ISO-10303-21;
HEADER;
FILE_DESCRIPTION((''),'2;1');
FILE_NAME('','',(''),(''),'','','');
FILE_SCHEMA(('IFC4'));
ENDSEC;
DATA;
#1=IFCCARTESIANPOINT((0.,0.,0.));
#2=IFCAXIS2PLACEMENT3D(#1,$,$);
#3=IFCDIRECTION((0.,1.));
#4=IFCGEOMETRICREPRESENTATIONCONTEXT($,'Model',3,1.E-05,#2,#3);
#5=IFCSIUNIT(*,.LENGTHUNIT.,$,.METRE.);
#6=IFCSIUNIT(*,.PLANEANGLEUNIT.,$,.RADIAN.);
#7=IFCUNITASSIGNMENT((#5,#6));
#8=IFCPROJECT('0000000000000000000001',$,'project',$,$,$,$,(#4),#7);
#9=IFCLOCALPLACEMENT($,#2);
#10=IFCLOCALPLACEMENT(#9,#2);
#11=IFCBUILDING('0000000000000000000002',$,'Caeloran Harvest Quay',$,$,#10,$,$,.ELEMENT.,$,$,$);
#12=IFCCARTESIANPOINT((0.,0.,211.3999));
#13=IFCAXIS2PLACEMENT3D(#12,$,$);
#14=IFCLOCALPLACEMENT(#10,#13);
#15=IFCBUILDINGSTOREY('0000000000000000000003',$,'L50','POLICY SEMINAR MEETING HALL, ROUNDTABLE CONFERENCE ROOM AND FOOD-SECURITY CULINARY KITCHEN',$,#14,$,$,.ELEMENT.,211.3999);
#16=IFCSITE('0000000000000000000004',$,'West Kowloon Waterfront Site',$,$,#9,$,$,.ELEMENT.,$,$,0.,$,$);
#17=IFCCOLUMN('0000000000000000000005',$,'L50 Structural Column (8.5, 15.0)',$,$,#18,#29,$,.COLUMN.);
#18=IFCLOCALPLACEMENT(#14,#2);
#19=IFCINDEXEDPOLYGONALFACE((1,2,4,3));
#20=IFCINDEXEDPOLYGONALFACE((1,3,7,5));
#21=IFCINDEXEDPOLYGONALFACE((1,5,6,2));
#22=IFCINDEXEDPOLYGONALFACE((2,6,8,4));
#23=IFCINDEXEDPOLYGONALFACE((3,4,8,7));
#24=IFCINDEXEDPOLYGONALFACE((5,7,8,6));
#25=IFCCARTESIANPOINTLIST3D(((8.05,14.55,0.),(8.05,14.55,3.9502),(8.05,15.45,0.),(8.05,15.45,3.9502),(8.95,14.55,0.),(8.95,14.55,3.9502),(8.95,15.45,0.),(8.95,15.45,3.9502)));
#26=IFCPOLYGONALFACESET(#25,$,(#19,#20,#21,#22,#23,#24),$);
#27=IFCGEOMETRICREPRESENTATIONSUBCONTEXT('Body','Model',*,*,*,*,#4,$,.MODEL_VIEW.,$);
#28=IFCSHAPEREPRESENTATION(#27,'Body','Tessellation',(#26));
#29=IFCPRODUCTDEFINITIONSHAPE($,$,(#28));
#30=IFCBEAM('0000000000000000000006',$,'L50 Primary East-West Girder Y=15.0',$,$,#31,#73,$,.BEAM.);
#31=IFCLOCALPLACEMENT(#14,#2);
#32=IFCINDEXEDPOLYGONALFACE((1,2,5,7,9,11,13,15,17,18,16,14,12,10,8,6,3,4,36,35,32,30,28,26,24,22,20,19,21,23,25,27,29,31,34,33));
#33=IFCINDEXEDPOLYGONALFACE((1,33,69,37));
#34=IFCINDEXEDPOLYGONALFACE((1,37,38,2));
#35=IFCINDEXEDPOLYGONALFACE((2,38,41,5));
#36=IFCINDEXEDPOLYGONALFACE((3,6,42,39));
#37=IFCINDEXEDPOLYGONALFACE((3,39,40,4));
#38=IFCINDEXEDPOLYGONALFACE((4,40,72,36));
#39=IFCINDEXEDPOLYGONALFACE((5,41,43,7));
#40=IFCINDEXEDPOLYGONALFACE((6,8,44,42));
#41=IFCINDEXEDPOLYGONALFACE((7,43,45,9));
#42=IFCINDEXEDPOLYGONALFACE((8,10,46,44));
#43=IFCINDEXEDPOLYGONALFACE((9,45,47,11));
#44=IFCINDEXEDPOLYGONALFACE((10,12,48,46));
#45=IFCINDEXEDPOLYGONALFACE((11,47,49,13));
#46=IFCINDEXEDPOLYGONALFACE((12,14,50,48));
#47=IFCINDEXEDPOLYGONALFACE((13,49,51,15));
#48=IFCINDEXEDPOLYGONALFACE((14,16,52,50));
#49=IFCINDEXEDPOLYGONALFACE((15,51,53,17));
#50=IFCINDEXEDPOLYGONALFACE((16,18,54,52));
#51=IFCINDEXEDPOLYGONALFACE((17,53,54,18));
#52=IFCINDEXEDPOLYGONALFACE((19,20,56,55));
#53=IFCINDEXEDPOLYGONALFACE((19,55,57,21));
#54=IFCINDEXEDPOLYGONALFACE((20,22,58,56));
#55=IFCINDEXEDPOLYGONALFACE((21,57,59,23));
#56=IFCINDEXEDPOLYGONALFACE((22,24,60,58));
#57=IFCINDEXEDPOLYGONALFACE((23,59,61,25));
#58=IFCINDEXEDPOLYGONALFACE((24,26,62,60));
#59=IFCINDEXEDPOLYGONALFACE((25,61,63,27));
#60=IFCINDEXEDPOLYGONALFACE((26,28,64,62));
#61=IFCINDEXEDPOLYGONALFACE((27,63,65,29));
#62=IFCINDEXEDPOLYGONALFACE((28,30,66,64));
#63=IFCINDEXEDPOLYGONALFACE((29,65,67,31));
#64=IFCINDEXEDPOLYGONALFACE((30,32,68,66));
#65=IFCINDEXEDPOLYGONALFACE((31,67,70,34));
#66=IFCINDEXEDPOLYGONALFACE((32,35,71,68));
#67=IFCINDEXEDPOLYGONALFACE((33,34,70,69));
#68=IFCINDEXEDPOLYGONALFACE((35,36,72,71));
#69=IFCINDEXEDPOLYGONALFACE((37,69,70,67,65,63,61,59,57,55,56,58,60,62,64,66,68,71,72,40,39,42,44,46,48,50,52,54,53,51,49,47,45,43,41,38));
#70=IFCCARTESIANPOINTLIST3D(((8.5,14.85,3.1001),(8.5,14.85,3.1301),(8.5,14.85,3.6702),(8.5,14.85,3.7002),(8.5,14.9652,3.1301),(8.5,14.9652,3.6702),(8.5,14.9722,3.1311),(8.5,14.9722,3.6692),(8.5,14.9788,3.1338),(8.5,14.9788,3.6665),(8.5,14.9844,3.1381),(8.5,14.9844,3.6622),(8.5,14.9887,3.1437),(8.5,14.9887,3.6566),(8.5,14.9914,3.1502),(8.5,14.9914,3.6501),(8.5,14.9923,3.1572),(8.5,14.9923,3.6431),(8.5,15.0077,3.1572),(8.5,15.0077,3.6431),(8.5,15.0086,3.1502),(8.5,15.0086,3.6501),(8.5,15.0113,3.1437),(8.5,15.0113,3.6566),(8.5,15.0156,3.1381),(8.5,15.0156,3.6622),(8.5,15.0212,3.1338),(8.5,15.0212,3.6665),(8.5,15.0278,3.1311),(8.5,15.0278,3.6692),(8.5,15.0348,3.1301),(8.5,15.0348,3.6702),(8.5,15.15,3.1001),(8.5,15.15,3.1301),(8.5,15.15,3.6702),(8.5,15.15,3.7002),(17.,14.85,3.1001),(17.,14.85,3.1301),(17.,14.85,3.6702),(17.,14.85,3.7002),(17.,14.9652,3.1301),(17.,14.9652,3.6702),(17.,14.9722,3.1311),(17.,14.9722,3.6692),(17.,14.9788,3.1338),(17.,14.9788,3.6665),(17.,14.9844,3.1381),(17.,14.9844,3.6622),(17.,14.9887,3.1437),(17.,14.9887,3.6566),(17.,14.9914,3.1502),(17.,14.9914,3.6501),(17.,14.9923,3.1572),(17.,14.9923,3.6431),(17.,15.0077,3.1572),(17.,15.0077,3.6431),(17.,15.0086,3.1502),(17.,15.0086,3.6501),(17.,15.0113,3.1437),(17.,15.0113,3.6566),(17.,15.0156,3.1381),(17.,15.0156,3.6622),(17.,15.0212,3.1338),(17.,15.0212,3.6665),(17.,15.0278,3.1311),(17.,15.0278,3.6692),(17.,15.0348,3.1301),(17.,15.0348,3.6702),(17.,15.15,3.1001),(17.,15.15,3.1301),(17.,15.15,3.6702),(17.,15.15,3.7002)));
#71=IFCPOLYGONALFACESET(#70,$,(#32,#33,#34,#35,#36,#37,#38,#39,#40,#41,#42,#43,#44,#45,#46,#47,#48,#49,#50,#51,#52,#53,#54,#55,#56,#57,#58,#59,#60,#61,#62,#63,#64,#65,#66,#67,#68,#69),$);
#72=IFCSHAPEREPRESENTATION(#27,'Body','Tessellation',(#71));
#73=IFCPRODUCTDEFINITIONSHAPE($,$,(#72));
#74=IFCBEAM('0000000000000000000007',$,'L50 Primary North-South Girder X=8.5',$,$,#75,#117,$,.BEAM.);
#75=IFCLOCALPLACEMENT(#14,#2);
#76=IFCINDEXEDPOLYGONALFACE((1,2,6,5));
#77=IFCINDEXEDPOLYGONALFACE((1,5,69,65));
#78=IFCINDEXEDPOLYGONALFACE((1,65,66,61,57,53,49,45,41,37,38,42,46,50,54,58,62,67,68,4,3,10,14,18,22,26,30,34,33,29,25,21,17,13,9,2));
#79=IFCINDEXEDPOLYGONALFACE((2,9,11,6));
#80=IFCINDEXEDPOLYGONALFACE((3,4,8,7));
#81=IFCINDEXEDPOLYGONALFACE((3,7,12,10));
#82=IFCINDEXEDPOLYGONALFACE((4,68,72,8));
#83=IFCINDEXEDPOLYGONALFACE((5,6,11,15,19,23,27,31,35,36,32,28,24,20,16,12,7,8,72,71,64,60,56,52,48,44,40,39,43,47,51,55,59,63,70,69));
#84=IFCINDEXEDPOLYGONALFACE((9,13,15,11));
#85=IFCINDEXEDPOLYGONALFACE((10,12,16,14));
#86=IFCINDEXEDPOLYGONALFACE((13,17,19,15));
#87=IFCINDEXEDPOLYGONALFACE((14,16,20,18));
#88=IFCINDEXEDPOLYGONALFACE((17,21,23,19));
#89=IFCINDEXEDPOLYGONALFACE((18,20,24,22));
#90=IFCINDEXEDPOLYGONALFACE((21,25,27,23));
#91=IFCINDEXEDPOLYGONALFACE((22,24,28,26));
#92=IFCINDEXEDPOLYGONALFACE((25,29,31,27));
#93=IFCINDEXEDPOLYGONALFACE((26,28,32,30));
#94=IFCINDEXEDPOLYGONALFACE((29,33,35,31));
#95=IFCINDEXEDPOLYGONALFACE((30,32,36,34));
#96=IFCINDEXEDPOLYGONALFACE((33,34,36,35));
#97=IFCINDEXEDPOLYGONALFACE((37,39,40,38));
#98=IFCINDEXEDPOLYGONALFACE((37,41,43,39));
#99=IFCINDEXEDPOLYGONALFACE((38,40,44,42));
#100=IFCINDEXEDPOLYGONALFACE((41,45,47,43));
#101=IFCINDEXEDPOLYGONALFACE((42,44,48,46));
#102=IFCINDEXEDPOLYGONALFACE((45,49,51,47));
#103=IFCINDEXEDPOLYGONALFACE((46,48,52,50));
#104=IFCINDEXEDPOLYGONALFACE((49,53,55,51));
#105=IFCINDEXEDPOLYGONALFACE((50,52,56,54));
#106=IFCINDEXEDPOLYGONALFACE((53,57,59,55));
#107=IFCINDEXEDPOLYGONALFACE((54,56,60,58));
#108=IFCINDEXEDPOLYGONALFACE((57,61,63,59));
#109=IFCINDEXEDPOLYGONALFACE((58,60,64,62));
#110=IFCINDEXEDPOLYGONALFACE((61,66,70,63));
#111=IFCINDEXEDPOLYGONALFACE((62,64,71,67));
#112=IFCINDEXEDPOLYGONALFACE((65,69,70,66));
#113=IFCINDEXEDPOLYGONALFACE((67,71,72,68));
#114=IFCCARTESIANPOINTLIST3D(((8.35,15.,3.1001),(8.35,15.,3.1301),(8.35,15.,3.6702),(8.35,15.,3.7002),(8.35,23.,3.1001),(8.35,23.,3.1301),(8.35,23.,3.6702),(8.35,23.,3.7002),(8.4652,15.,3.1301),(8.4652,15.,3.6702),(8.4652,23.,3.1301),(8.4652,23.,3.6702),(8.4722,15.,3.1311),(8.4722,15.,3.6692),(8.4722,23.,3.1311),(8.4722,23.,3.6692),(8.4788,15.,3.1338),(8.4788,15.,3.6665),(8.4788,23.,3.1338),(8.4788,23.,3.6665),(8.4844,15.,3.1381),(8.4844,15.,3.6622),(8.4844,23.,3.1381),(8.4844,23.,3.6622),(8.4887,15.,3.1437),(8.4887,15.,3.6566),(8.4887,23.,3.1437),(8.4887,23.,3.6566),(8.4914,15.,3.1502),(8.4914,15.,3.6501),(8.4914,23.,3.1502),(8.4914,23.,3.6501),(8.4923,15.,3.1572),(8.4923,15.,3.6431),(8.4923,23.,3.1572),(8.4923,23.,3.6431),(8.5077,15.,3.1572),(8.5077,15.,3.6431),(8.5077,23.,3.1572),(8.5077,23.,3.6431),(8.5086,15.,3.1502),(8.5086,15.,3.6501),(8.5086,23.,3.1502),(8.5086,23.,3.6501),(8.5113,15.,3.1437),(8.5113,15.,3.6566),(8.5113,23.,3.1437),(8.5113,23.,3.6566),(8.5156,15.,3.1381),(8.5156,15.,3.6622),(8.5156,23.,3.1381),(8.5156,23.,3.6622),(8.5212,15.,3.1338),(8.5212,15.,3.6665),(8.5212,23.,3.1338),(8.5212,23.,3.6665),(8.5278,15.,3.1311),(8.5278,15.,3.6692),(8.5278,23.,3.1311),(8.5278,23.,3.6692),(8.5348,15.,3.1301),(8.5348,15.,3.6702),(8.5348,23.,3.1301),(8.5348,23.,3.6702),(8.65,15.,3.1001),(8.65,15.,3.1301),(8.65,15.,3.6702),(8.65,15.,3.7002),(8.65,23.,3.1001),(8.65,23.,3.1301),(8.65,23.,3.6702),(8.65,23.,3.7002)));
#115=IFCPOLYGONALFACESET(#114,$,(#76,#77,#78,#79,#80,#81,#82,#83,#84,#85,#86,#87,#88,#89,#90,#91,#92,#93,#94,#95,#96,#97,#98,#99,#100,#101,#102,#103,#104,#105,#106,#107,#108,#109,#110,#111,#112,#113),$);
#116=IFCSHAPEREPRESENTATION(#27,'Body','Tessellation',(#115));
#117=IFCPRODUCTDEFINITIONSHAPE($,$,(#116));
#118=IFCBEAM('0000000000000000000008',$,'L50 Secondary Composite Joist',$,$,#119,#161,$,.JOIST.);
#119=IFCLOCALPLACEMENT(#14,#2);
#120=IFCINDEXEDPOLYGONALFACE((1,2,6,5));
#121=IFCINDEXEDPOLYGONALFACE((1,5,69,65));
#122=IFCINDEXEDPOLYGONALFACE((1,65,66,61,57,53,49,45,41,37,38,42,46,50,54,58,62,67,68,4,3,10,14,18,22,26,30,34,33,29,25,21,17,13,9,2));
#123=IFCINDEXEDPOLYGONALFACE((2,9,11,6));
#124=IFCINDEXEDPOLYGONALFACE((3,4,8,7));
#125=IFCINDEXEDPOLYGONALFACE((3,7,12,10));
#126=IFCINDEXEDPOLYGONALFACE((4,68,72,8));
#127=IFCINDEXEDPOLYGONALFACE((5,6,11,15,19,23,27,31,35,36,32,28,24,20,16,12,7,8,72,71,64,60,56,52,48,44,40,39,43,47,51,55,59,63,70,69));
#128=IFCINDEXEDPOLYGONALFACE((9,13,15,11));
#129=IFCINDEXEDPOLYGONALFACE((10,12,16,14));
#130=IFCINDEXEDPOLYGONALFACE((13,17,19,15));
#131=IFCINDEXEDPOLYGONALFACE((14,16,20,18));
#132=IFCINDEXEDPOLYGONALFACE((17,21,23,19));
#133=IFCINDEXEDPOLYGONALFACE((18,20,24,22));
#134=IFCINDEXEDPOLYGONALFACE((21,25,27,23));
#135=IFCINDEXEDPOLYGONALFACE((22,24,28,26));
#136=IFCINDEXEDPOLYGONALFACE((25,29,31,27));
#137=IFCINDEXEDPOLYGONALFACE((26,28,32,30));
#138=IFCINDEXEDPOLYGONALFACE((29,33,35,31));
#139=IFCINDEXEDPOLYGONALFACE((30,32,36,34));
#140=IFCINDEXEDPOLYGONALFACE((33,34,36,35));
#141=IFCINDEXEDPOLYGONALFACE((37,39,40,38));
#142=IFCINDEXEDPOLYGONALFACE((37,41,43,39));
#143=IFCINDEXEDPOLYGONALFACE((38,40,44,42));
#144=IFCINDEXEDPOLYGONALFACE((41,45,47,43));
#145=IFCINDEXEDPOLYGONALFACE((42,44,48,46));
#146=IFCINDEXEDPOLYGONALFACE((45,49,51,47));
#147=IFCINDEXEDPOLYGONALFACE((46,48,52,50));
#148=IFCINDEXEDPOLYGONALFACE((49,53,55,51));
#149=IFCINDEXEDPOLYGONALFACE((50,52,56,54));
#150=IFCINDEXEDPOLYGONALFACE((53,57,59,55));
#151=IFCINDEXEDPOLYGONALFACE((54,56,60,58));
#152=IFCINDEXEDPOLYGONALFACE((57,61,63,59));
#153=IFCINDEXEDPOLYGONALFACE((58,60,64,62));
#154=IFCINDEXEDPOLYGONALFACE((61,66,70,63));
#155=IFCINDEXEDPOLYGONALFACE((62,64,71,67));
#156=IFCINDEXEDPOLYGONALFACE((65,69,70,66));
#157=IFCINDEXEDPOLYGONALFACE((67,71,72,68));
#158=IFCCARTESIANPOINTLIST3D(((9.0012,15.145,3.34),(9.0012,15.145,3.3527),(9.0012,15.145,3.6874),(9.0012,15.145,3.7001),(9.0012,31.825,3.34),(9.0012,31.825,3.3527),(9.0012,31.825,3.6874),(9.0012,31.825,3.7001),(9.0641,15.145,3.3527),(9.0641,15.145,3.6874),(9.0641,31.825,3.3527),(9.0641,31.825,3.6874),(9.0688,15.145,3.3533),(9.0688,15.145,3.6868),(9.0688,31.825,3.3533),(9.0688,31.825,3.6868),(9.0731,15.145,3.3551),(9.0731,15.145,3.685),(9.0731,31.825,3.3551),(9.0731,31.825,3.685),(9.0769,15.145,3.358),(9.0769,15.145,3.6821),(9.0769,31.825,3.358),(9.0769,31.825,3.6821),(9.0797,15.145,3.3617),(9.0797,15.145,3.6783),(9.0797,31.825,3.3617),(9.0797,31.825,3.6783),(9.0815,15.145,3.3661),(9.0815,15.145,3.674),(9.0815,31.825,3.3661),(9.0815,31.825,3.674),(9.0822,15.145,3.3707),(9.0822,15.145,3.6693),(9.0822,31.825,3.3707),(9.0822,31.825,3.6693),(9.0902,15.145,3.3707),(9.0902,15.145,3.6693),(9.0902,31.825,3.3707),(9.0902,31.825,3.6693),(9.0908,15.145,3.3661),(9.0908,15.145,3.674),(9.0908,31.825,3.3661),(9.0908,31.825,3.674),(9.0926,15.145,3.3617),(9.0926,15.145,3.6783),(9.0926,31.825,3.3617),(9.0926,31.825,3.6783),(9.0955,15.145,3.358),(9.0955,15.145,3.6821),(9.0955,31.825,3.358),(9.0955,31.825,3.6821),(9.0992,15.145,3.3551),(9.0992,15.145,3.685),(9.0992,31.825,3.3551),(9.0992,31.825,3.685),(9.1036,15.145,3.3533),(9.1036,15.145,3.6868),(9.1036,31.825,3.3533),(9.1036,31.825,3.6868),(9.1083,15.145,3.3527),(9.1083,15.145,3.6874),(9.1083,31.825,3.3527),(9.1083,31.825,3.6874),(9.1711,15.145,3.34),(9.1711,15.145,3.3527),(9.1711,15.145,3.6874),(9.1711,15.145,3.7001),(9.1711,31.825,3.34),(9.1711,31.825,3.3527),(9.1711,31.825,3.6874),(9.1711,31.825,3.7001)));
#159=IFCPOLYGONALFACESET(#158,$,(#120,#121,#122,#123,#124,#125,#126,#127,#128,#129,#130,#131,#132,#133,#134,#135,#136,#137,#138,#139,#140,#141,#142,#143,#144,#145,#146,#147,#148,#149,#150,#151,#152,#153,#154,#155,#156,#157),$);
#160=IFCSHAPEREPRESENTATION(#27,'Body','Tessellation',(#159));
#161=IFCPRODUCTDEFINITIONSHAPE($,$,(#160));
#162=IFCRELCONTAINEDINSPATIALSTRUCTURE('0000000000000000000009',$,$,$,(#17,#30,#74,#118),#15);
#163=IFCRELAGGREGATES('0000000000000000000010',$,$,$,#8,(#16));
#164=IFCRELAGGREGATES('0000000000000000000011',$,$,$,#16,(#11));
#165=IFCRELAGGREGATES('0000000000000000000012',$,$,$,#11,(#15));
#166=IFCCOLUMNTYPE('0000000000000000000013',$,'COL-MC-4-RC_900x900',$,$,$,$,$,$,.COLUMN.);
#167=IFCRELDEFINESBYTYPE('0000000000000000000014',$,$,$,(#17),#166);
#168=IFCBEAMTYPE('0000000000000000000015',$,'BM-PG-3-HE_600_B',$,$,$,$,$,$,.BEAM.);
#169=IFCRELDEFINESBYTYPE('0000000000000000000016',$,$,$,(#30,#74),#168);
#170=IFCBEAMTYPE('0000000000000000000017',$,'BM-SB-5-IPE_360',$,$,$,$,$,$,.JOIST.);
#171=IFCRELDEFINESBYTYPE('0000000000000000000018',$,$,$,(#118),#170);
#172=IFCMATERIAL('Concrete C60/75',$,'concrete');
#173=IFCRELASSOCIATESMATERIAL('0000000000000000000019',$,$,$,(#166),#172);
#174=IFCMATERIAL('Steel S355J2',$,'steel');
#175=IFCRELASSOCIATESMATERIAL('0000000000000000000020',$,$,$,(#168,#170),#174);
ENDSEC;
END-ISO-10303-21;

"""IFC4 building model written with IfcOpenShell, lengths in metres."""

from ifc_helpers import new_model, si_unit, direction, frame, origin, origin_2d, place, context, subcontext, project, spatial, rectangle, i_section, extrude, material, material_profile, profile_set, type_object, element, save


model = new_model("IFC4")

# Units and contexts
model_context = context("Model", 3, precision=1e-05, world=origin(), true_north=direction((0.0, 1.0)))
body_context = subcontext(model_context, "Body", "Model", "MODEL_VIEW")
ifc_project = project(units=[si_unit("LENGTHUNIT", "METRE"), si_unit("PLANEANGLEUNIT", "RADIAN")], contexts=[model_context])

# Site, building, storey
site_placement = place(None, origin())
site = spatial("IfcSite", under=ifc_project, at=site_placement, Name="West Kowloon Waterfront Site", CompositionType="ELEMENT", RefElevation=0.0)
building_placement = place(site_placement, origin())
building = spatial("IfcBuilding", under=site, at=building_placement, Name="Caeloran Harvest Quay", CompositionType="ELEMENT")
storey_placement = place(building_placement, frame((0.0, 0.0, 211.3999)))
storey = spatial("IfcBuildingStorey", under=building, at=storey_placement, Name="L50", Description="POLICY SEMINAR MEETING HALL, ROUNDTABLE CONFERENCE ROOM AND FOOD-SECURITY CULINARY KITCHEN", CompositionType="ELEMENT", Elevation=211.3999)

# Column
ifc_material_1 = material(Name="Concrete C60/75", Category="concrete")
ifc_material_profile_1 = material_profile(ifc_material_1, rectangle(XDim=0.8999, YDim=0.8999, at=origin_2d()), Name="RC 900x900")
ifc_profile_set_1 = profile_set([ifc_material_profile_1], Name="Concrete C60/75")
column_type = type_object("IfcColumnType", Name="COL-MC-4-RC_900x900", PredefinedType="COLUMN", material=ifc_profile_set_1)
column_placement = place(storey_placement, frame((8.5, 15.0, 0.0), z_axis=(0.0, 0.0, 1.0), x_axis=(1.0, 0.0, 0.0)))
element("IfcColumn", 1, at=column_placement, inside=storey, type_object=column_type, Name="L50 Structural Column (8.5, 15.0)", PredefinedType="COLUMN", context=body_context, shape_type="SweptSolid", body=[
    extrude(rectangle(XDim=0.8999, YDim=0.8999, at=origin_2d()), origin(), (0.0, 0.0, 1.0), 3.9502),
])

# Beams
ifc_material_2 = material(Name="Steel S355J2", Category="steel")
ifc_material_profile_2 = material_profile(ifc_material_2, i_section(OverallWidth=0.3, OverallDepth=0.6001, WebThickness=0.0154, FlangeThickness=0.03, FilletRadius=0.0271, at=origin_2d()), Name="HE 600 B")
ifc_profile_set_2 = profile_set([ifc_material_profile_2], Name="Steel S355J2")
beam_type_1 = type_object("IfcBeamType", Name="BM-PG-3-HE_600_B", PredefinedType="BEAM", material=ifc_profile_set_2)
beam_1_placement = place(storey_placement, frame((8.5, 15.0, 3.4001), z_axis=(1.0, 0.0, 0.0), x_axis=(0.0, 1.0, 0.0)))
element("IfcBeam", 2, at=beam_1_placement, inside=storey, type_object=beam_type_1, Name="L50 Primary East-West Girder Y=15.0", PredefinedType="BEAM", context=body_context, shape_type="SweptSolid", body=[
    extrude(i_section(OverallWidth=0.3, OverallDepth=0.6001, WebThickness=0.0154, FlangeThickness=0.03, FilletRadius=0.0271, at=origin_2d()), origin(), (0.0, 0.0, 1.0), 8.5),
])
beam_2_placement = place(storey_placement, frame((8.5, 15.0, 3.4001), z_axis=(0.0, 1.0, 0.0), x_axis=(-1.0, 0.0, 0.0)))
element("IfcBeam", 3, at=beam_2_placement, inside=storey, type_object=beam_type_1, Name="L50 Primary North-South Girder X=8.5", PredefinedType="BEAM", context=body_context, shape_type="SweptSolid", body=[
    extrude(i_section(OverallWidth=0.3, OverallDepth=0.6001, WebThickness=0.0154, FlangeThickness=0.03, FilletRadius=0.0271, at=origin_2d()), origin(), (0.0, 0.0, 1.0), 8.0),
])
ifc_material_profile_3 = material_profile(ifc_material_2, i_section(OverallWidth=0.1699, OverallDepth=0.3601, WebThickness=0.0081, FlangeThickness=0.0127, FilletRadius=0.0181, at=origin_2d()), Name="IPE 360")
ifc_profile_set_3 = profile_set([ifc_material_profile_3], Name="Steel S355J2")
beam_type_2 = type_object("IfcBeamType", Name="BM-SB-5-IPE_360", PredefinedType="JOIST", material=ifc_profile_set_3)
for number, where, z_axis, x_axis, name in (
    (4, (9.0862, 15.145, 3.52), (0.0, 1.0, 0.0), (-1.0, 0.0, 0.0), "L50 Secondary Composite Joist"),
):
    element("IfcBeam", number, at=place(storey_placement, frame(where, z_axis=z_axis, x_axis=x_axis)), inside=storey, type_object=beam_type_2, Name=name, PredefinedType="JOIST", context=body_context, shape_type="SweptSolid", body=[
        extrude(i_section(OverallWidth=0.1699, OverallDepth=0.3601, WebThickness=0.0081, FlangeThickness=0.0127, FilletRadius=0.0181, at=origin_2d()), origin(), (0.0, 0.0, 1.0), 16.6799),
    ])

save(model, "model.ifc")
